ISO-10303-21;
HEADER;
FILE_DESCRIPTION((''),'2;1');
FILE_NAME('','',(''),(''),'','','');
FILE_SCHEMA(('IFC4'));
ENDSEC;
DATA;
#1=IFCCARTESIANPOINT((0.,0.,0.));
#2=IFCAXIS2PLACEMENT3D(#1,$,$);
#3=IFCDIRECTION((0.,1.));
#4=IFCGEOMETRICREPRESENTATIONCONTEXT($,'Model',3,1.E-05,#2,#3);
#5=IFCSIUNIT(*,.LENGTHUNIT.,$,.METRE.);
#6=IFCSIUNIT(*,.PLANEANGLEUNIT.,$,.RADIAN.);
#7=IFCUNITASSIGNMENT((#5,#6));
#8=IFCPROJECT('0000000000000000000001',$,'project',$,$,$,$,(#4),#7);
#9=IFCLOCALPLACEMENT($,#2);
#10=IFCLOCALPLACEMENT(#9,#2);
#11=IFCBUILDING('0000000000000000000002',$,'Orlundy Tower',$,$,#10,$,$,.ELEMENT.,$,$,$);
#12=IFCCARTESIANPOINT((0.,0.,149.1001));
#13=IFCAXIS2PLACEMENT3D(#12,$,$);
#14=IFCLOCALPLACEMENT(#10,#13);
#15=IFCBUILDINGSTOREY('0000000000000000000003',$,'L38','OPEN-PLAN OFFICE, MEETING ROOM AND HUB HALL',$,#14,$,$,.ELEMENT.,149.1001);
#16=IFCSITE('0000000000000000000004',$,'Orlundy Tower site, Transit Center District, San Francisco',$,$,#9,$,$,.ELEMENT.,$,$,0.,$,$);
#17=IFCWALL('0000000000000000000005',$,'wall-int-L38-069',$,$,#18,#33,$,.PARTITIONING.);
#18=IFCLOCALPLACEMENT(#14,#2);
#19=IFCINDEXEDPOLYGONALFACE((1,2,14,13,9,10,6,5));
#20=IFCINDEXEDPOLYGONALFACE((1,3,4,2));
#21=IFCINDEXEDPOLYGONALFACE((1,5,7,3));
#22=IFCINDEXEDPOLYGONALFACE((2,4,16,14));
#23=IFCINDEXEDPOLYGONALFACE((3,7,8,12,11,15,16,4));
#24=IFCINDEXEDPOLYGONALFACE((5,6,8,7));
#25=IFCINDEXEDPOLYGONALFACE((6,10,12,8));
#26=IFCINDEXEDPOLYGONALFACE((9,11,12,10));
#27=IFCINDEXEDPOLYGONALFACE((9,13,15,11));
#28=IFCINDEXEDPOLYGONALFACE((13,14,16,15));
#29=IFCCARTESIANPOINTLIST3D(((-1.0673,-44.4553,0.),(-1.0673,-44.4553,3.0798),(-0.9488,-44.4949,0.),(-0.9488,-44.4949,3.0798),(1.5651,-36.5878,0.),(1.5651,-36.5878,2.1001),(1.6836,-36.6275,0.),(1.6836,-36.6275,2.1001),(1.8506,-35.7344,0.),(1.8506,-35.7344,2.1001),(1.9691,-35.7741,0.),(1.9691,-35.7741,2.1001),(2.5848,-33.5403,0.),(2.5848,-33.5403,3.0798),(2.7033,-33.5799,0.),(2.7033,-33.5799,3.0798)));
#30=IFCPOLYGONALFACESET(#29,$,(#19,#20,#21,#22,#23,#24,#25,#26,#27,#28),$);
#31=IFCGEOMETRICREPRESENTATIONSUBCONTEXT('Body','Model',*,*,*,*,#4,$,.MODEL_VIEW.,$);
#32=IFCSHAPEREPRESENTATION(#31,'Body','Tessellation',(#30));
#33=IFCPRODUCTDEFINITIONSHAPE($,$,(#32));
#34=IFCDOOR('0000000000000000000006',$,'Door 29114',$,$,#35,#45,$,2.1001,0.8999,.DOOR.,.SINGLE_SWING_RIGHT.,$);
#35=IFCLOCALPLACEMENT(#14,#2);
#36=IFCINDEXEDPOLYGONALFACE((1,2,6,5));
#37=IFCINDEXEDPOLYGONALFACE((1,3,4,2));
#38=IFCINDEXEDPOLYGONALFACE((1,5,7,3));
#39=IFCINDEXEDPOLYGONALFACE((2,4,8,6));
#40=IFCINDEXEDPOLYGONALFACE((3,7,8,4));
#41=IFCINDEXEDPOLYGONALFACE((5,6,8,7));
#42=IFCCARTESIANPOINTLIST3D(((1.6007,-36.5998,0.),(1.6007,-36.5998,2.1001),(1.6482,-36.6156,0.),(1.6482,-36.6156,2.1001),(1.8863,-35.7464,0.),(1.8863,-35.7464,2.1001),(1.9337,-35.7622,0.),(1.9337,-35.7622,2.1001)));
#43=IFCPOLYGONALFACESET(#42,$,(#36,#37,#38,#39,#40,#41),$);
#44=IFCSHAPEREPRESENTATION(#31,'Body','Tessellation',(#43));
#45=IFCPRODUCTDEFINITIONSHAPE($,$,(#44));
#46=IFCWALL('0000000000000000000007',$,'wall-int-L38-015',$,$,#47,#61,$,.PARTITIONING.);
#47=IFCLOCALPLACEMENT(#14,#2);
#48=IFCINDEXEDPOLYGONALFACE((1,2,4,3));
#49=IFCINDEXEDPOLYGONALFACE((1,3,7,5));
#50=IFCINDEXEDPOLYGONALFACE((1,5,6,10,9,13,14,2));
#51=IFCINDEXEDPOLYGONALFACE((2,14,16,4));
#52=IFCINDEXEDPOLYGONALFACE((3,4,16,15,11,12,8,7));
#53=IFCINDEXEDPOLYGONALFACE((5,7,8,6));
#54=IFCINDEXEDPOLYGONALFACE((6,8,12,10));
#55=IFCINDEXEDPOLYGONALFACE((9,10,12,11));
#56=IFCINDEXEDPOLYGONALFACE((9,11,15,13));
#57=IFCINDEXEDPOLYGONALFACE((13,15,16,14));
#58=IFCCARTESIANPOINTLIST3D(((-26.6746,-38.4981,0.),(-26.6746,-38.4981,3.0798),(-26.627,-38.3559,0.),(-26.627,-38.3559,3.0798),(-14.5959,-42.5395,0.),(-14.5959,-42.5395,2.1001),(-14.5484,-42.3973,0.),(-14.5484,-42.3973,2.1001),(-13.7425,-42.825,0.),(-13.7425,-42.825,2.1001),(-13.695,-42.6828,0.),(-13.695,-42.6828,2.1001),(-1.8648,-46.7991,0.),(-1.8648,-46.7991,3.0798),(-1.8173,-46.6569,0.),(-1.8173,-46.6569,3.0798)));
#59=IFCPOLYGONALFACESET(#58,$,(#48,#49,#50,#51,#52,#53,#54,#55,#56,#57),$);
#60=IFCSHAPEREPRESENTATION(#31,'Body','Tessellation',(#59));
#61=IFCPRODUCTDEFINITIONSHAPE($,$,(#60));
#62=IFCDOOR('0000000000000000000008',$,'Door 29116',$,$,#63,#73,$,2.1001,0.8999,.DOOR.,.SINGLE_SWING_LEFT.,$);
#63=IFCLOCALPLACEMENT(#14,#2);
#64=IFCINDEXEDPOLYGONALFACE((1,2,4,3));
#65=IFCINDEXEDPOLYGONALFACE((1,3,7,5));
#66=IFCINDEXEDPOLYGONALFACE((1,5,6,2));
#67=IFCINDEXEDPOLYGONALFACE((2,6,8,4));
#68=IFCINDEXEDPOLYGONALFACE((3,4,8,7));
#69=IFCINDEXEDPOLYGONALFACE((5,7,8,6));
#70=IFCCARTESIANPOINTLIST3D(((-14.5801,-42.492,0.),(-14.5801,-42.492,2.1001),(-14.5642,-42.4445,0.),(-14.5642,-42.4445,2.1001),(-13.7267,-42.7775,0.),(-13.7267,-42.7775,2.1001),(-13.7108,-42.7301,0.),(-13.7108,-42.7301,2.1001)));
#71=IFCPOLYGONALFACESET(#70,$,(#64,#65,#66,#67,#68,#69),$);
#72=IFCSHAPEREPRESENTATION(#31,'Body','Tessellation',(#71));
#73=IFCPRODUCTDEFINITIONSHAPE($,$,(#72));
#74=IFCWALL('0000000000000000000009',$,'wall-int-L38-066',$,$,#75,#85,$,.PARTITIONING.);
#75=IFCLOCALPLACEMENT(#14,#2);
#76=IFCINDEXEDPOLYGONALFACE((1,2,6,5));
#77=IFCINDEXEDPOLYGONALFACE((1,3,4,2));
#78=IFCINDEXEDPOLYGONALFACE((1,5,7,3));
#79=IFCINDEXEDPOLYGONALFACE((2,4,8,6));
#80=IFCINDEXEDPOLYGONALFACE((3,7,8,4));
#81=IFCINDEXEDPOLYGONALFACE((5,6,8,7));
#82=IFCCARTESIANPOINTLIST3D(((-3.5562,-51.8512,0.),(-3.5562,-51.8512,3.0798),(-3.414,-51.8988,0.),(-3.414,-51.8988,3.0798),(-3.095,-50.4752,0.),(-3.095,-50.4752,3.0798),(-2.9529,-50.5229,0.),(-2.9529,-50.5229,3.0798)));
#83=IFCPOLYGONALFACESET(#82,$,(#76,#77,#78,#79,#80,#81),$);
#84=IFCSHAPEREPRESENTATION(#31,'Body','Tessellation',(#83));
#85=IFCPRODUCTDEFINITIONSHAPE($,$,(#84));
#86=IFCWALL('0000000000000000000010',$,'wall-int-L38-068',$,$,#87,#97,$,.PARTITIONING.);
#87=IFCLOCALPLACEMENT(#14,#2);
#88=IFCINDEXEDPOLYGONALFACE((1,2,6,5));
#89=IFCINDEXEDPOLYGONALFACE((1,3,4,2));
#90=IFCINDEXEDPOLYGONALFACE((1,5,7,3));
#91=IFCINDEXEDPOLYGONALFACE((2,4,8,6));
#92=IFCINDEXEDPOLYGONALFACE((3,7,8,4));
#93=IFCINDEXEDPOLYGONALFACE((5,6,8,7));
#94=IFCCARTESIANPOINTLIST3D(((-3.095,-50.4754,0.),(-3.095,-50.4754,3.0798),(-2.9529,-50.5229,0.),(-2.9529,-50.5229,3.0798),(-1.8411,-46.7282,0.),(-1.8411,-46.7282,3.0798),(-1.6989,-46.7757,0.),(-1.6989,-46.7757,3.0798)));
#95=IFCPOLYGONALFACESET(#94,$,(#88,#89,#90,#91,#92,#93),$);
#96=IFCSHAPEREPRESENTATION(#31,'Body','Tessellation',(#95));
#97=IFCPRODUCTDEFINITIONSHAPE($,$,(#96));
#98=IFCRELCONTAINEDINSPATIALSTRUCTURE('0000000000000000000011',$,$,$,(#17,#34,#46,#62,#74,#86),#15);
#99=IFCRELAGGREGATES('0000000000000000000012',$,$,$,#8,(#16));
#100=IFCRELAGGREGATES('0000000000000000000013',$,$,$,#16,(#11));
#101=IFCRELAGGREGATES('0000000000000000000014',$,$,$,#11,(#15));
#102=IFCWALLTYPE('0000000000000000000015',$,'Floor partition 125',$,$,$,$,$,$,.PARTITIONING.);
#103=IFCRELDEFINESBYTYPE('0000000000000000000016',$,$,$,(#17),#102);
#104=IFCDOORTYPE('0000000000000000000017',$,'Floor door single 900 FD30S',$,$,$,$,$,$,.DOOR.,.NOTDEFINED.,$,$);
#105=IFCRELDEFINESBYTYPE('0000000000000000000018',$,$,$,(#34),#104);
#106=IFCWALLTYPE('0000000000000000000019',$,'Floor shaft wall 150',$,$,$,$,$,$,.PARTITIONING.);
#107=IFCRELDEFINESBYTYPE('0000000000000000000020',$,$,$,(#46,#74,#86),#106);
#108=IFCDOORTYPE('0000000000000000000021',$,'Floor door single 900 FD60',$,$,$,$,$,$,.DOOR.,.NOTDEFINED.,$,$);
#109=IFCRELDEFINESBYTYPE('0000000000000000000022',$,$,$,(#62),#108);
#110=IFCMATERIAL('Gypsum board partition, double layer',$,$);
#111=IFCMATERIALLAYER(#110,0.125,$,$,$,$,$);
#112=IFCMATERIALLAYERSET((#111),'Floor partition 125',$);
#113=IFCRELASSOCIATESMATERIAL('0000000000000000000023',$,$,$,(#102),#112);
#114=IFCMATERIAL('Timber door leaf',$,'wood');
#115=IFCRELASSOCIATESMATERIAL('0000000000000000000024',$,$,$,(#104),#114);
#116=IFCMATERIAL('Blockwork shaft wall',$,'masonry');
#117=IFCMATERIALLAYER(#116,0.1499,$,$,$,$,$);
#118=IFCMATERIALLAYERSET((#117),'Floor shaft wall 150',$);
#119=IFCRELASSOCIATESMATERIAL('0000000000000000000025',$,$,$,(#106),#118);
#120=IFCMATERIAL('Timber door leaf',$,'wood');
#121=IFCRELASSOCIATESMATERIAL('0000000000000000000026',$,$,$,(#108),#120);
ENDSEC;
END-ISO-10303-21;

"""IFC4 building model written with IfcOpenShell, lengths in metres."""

from ifc_helpers import new_model, si_unit, direction, frame, frame_2d, origin, place, context, subcontext, project, spatial, rectangle, extrude, material, layer, layer_set, type_object, element, fill, save


model = new_model("IFC4")

# Units and contexts
model_context = context("Model", 3, precision=1e-05, world=origin(), true_north=direction((0.0, 1.0)))
body_context = subcontext(model_context, "Body", "Model", "MODEL_VIEW")
ifc_project = project(units=[si_unit("LENGTHUNIT", "METRE"), si_unit("PLANEANGLEUNIT", "RADIAN")], contexts=[model_context])

# Site, building, storey
site_placement = place(None, origin())
site = spatial("IfcSite", under=ifc_project, at=site_placement, Name="Orlundy Tower site, Transit Center District, San Francisco", CompositionType="ELEMENT", RefElevation=0.0)
building_placement = place(site_placement, origin())
building = spatial("IfcBuilding", under=site, at=building_placement, Name="Orlundy Tower", CompositionType="ELEMENT")
storey_placement = place(building_placement, frame((0.0, 0.0, 149.1001)))
storey = spatial("IfcBuildingStorey", under=building, at=storey_placement, Name="L38", Description="OPEN-PLAN OFFICE, MEETING ROOM AND HUB HALL", CompositionType="ELEMENT", Elevation=149.1001)

# Shared definitions
ifc_material_1 = material(Name="Gypsum board partition, double layer")
ifc_layer_1 = layer(ifc_material_1, 0.125)
ifc_layer_set_1 = layer_set([ifc_layer_1], Name="Floor partition 125")
wall_type_1 = type_object("IfcWallType", Name="Floor partition 125", PredefinedType="PARTITIONING", material=ifc_layer_set_1)
ifc_material_2 = material(Name="Timber door leaf", Category="wood")
door_type_1 = type_object("IfcDoorType", Name="Floor door single 900 FD30S", OperationType="NOTDEFINED", PredefinedType="DOOR", material=ifc_material_2)

# Walls, openings, doors
wall_1_placement = place(storey_placement, frame((-1.0081, -44.4751, 0.0), z_axis=(0.0, 0.0, 1.0), x_axis=(0.317303, 0.948324, 0.0)))
wall_1 = element("IfcWall", 1, at=wall_1_placement, inside=storey, type_object=wall_type_1, Name="wall-int-L38-069", PredefinedType="PARTITIONING", context=body_context, shape_type="SweptSolid", body=[
    extrude(rectangle(XDim=11.5098, YDim=0.125, at=frame_2d((5.7549, 0.0))), origin(), (0.0, 0.0, 1.0), 3.0798),
])
opening_1_placement = place(wall_1_placement, frame((8.2961, 0.0, 0.0)))
opening_1 = element("IfcOpeningElement", 2, at=opening_1_placement, cuts=wall_1, PredefinedType="OPENING", context=body_context, shape_type="SweptSolid", body=[
    extrude(rectangle(XDim=0.8999, YDim=2.1001, at=frame_2d((0.45, 1.05))), frame((0.0, 0.0725, 0.0), z_axis=(0.0, -1.0, 0.0), x_axis=(1.0, 0.0, 0.0)), (0.0, 0.0, 1.0), 0.145),
])
door_1_placement = place(opening_1_placement, origin())
door_1 = element("IfcDoor", 3, at=door_1_placement, inside=storey, type_object=door_type_1, Name="Door 29114", OperationType="SINGLE_SWING_RIGHT", OverallHeight=2.1001, OverallWidth=0.8999, PredefinedType="DOOR", context=body_context, shape_type="SweptSolid", body=[
    extrude(rectangle(XDim=0.8999, YDim=2.1001, at=frame_2d((0.45, 1.05))), frame((0.0, 0.0249, 0.0), z_axis=(0.0, -1.0, 0.0), x_axis=(1.0, 0.0, 0.0)), (0.0, 0.0, 1.0), 0.05),
])
fill(opening_1, door_1)
ifc_material_3 = material(Name="Blockwork shaft wall", Category="masonry")
ifc_layer_2 = layer(ifc_material_3, 0.1499)
ifc_layer_set_2 = layer_set([ifc_layer_2], Name="Floor shaft wall 150")
wall_type_2 = type_object("IfcWallType", Name="Floor shaft wall 150", PredefinedType="PARTITIONING", material=ifc_layer_set_2)
wall_2_placement = place(storey_placement, frame((-1.8411, -46.728, 0.0), z_axis=(0.0, 0.0, 1.0), x_axis=(-0.948326, 0.317297, 0.0)))
wall_2 = element("IfcWall", 4, at=wall_2_placement, inside=storey, type_object=wall_type_2, Name="wall-int-L38-015", PredefinedType="PARTITIONING", context=body_context, shape_type="SweptSolid", body=[
    extrude(rectangle(XDim=26.1616, YDim=0.1499, at=frame_2d((13.0808, 0.0))), origin(), (0.0, 0.0, 1.0), 3.0798),
])
opening_2_placement = place(wall_2_placement, frame((12.5249, 0.0, 0.0)))
opening_2 = element("IfcOpeningElement", 5, at=opening_2_placement, cuts=wall_2, PredefinedType="OPENING", context=body_context, shape_type="SweptSolid", body=[
    extrude(rectangle(XDim=0.8999, YDim=2.1001, at=frame_2d((0.45, 1.05))), frame((0.0, 0.085, 0.0), z_axis=(0.0, -1.0, 0.0), x_axis=(1.0, 0.0, 0.0)), (0.0, 0.0, 1.0), 0.1699),
])
ifc_material_4 = material(Name="Timber door leaf", Category="wood")
door_type_2 = type_object("IfcDoorType", Name="Floor door single 900 FD60", OperationType="NOTDEFINED", PredefinedType="DOOR", material=ifc_material_4)
door_2_placement = place(opening_2_placement, origin())
door_2 = element("IfcDoor", 6, at=door_2_placement, inside=storey, type_object=door_type_2, Name="Door 29116", OperationType="SINGLE_SWING_LEFT", OverallHeight=2.1001, OverallWidth=0.8999, PredefinedType="DOOR", context=body_context, shape_type="SweptSolid", body=[
    extrude(rectangle(XDim=0.8999, YDim=2.1001, at=frame_2d((0.45, 1.05))), frame((0.0, 0.0249, 0.0), z_axis=(0.0, -1.0, 0.0), x_axis=(1.0, 0.0, 0.0)), (0.0, 0.0, 1.0), 0.05),
])
fill(opening_2, door_2)

# Walls
wall_3_placement = place(storey_placement, frame((-3.4851, -51.875, 0.0), z_axis=(0.0, 0.0, 1.0), x_axis=(0.317792, 0.94816, 0.0)))
element("IfcWall", 7, at=wall_3_placement, inside=storey, type_object=wall_type_2, Name="wall-int-L38-066", PredefinedType="PARTITIONING", context=body_context, shape_type="SweptSolid", body=[
    extrude(rectangle(XDim=1.4512, YDim=0.1499, at=frame_2d((0.7256, 0.0))), origin(), (0.0, 0.0, 1.0), 3.0798),
])
wall_4_placement = place(storey_placement, frame((-3.0239, -50.499, 0.0), z_axis=(0.0, 0.0, 1.0), x_axis=(0.31734, 0.948312, 0.0)))
element("IfcWall", 8, at=wall_4_placement, inside=storey, type_object=wall_type_2, Name="wall-int-L38-068", PredefinedType="PARTITIONING", context=body_context, shape_type="SweptSolid", body=[
    extrude(rectangle(XDim=3.9514, YDim=0.1499, at=frame_2d((1.9756, 0.0))), origin(), (0.0, 0.0, 1.0), 3.0798),
])

save(model, "model.ifc")
